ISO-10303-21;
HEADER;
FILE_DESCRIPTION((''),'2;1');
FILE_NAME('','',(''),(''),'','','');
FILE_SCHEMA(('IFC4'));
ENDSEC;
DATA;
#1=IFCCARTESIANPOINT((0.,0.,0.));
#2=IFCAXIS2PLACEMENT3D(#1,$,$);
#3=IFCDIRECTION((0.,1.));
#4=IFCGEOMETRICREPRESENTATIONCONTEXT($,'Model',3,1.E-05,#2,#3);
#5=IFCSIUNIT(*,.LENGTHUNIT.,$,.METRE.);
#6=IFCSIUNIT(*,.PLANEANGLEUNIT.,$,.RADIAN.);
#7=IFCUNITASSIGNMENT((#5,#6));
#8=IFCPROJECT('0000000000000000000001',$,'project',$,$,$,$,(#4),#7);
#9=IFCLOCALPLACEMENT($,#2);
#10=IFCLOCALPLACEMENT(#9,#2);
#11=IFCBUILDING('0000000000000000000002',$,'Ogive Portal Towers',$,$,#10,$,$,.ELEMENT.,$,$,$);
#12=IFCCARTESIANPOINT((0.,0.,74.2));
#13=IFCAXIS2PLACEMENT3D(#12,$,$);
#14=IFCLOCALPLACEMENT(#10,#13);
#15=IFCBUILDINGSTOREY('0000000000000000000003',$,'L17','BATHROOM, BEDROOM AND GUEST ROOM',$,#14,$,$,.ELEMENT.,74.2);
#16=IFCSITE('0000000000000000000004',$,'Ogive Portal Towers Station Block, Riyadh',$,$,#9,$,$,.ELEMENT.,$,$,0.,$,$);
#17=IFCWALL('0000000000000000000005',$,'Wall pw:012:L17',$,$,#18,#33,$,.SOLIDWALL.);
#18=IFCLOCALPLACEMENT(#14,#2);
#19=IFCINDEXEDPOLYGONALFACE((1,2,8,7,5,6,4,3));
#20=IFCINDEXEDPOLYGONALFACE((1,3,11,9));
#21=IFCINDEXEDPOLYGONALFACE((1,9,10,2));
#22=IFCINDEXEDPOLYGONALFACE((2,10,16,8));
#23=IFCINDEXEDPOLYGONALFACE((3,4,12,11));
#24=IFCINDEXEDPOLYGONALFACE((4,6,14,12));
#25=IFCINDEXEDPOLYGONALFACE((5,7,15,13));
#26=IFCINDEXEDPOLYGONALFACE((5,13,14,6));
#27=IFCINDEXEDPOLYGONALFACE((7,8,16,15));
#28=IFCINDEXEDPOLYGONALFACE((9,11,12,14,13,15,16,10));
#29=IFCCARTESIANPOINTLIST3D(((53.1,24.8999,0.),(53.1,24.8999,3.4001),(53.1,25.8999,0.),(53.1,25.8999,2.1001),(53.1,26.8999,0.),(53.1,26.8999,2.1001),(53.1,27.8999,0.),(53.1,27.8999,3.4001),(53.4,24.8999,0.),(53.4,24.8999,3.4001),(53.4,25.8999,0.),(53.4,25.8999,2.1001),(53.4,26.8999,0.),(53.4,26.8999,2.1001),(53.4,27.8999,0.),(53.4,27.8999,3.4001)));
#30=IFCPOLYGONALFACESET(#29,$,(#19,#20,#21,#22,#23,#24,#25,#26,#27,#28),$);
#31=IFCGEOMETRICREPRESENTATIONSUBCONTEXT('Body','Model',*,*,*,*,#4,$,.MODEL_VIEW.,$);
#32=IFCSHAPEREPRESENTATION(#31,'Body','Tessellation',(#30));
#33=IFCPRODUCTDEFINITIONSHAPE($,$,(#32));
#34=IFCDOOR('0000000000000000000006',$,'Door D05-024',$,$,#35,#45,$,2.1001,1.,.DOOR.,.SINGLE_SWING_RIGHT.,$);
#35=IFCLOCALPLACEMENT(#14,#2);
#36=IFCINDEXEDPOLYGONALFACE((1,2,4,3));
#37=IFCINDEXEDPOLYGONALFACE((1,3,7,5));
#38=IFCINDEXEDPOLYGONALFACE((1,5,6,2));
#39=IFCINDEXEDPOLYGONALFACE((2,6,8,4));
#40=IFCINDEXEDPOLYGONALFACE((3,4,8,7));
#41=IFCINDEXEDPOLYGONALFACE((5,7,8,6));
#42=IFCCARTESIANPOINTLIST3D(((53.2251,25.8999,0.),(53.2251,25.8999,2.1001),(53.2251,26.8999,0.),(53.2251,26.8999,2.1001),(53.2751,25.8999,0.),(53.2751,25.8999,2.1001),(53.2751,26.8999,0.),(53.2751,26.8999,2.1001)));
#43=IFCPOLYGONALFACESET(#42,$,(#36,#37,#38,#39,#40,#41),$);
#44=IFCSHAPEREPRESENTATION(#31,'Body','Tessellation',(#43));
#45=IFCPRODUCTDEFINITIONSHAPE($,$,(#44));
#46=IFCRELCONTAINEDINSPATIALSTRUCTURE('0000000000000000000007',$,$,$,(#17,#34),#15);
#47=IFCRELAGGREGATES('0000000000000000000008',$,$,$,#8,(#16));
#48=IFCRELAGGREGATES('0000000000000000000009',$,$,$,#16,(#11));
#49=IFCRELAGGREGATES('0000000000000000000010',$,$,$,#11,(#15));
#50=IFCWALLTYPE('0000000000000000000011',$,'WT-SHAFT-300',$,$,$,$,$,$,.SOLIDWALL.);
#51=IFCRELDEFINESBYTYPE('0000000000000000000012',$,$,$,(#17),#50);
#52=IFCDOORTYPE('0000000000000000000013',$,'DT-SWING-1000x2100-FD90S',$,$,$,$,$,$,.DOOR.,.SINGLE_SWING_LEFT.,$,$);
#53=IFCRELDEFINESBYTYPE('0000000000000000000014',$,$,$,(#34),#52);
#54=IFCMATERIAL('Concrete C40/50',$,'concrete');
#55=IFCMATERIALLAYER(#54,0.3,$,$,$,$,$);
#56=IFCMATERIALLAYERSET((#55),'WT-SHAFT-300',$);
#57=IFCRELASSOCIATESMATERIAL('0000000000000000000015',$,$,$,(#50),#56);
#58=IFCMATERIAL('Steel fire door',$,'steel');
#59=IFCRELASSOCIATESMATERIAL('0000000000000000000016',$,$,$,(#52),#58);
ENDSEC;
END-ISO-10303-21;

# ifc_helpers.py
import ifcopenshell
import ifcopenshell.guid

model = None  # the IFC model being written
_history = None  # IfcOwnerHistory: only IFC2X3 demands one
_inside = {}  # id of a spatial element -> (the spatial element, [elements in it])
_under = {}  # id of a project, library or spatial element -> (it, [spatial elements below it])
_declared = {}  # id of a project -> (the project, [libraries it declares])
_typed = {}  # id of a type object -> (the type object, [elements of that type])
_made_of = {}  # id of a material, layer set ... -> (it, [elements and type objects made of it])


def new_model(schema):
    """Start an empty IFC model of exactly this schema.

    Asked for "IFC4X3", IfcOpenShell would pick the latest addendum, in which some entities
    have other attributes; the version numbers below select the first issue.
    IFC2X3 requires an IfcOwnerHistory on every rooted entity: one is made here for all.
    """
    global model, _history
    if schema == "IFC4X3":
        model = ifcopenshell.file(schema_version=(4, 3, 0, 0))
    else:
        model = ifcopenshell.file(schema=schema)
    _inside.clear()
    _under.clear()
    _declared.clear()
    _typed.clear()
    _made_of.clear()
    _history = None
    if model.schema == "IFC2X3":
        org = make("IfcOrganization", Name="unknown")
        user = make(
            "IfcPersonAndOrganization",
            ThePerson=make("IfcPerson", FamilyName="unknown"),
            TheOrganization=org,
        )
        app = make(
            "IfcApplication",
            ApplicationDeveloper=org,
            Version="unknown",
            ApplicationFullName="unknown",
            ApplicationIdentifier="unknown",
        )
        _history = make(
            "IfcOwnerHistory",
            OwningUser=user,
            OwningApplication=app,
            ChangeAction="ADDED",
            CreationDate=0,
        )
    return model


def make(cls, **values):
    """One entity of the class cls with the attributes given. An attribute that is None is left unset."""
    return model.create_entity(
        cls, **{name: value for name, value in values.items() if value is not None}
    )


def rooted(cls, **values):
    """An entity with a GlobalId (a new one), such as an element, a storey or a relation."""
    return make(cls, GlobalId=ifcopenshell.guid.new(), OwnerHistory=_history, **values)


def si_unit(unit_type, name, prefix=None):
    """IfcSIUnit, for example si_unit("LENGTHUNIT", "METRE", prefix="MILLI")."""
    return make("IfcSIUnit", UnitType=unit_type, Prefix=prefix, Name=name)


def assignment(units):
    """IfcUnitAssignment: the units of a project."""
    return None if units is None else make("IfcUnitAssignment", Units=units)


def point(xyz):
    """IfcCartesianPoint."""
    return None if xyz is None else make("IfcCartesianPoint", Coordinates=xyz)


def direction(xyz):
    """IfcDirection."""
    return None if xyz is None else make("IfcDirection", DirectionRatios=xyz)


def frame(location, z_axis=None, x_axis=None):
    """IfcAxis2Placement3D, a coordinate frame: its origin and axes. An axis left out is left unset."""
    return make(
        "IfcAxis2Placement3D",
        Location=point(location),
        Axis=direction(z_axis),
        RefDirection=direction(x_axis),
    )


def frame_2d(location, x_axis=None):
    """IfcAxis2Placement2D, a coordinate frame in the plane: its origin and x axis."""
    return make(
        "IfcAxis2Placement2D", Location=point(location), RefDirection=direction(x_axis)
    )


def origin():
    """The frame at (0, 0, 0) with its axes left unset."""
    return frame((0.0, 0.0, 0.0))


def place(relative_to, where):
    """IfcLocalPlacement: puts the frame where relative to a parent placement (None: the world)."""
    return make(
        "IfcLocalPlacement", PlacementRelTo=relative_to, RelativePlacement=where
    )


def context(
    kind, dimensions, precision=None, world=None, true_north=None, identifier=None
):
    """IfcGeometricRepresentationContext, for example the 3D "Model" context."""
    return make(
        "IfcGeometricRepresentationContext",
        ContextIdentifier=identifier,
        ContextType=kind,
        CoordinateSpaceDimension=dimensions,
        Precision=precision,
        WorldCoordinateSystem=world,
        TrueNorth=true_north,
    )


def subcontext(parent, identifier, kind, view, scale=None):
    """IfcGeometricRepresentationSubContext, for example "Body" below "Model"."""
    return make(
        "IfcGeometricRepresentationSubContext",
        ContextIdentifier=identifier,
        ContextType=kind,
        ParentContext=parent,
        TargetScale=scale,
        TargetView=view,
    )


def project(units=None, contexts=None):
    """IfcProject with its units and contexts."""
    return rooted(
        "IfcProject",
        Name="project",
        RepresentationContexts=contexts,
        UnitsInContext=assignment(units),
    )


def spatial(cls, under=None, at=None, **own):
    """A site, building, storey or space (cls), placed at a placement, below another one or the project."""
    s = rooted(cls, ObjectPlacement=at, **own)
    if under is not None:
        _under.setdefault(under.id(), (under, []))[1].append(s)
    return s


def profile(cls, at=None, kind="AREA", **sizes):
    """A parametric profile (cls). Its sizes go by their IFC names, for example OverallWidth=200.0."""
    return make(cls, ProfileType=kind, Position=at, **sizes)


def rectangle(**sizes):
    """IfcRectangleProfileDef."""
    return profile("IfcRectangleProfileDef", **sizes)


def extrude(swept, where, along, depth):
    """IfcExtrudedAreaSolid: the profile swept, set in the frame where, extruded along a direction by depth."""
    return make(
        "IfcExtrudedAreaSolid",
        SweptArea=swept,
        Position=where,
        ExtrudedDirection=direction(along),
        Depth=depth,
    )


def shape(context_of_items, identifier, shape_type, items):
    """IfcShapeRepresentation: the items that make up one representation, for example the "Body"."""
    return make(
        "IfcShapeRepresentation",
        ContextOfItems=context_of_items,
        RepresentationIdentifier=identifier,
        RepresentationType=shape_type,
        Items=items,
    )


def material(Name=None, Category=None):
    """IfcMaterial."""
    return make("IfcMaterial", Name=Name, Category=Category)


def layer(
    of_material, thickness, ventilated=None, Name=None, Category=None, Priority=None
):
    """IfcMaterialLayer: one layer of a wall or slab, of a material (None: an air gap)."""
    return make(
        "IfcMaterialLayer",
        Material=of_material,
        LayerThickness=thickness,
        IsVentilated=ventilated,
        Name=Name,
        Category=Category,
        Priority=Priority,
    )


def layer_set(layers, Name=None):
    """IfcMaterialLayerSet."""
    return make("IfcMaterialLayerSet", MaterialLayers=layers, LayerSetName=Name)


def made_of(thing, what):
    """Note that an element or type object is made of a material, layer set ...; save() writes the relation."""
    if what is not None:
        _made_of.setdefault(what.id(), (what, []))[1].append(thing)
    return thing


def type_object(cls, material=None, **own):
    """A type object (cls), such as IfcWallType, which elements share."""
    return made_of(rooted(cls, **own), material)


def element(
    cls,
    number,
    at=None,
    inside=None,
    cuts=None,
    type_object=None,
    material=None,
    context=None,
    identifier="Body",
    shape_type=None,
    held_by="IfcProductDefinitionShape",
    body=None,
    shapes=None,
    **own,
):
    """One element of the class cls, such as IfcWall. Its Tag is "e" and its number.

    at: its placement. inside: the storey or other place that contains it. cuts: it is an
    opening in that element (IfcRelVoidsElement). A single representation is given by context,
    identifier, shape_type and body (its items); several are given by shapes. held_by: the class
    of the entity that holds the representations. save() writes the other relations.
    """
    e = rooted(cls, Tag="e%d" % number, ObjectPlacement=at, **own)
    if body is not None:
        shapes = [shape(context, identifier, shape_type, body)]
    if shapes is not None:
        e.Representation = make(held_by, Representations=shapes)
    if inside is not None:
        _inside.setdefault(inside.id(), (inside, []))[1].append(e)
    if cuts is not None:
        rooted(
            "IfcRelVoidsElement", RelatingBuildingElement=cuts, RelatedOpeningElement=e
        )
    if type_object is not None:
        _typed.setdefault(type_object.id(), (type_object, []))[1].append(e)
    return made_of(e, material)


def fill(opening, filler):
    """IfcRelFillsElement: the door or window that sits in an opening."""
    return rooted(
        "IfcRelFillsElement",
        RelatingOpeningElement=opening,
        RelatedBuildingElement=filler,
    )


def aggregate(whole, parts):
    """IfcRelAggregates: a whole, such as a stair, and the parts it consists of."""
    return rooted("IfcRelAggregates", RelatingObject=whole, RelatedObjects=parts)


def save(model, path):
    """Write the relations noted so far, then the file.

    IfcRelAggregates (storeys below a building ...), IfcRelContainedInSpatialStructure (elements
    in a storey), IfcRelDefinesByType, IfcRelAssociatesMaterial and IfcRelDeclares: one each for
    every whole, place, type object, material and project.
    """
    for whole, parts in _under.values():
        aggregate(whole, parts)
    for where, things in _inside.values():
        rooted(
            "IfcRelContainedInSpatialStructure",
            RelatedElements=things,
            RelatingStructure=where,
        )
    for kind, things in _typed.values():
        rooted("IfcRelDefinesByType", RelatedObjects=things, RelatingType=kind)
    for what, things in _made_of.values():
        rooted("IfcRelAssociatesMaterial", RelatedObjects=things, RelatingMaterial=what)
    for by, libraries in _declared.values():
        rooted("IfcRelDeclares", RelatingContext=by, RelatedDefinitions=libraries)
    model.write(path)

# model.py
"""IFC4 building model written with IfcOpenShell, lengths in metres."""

from ifc_helpers import new_model, si_unit, direction, frame, frame_2d, origin, place, context, subcontext, project, spatial, rectangle, extrude, material, layer, layer_set, type_object, element, fill, save


model = new_model("IFC4")

# Units and contexts
model_context = context("Model", 3, precision=1e-05, world=origin(), true_north=direction((0.0, 1.0)))
body_context = subcontext(model_context, "Body", "Model", "MODEL_VIEW")
ifc_project = project(units=[si_unit("LENGTHUNIT", "METRE"), si_unit("PLANEANGLEUNIT", "RADIAN")], contexts=[model_context])

# Site, building, storey
site_placement = place(None, origin())
site = spatial("IfcSite", under=ifc_project, at=site_placement, Name="Ogive Portal Towers Station Block, Riyadh", CompositionType="ELEMENT", RefElevation=0.0)
building_placement = place(site_placement, origin())
building = spatial("IfcBuilding", under=site, at=building_placement, Name="Ogive Portal Towers", CompositionType="ELEMENT")
storey_placement = place(building_placement, frame((0.0, 0.0, 74.2)))
storey = spatial("IfcBuildingStorey", under=building, at=storey_placement, Name="L17", Description="BATHROOM, BEDROOM AND GUEST ROOM", CompositionType="ELEMENT", Elevation=74.2)

# Shared definitions
ifc_material_1 = material(Name="Steel fire door", Category="steel")

# Shared definitions
ifc_material_2 = material(Name="Concrete C40/50", Category="concrete")
ifc_layer_1 = layer(ifc_material_2, 0.3)
ifc_layer_set_1 = layer_set([ifc_layer_1], Name="WT-SHAFT-300")
wall_type_1 = type_object("IfcWallType", Name="WT-SHAFT-300", PredefinedType="SOLIDWALL", material=ifc_layer_set_1)

# Wall, opening, door
wall_1_placement = place(storey_placement, frame((53.25, 24.8999, 0.0), z_axis=(0.0, 0.0, 1.0), x_axis=(0.0, 1.0, 0.0)))
wall_1 = element("IfcWall", 1, at=wall_1_placement, inside=storey, type_object=wall_type_1, Name="Wall pw:012:L17", PredefinedType="SOLIDWALL", context=body_context, shape_type="SweptSolid", body=[
    extrude(rectangle(XDim=3.0, YDim=0.3, at=frame_2d((1.5, 0.0))), origin(), (0.0, 0.0, 1.0), 3.4001),
])
opening_1_placement = place(wall_1_placement, frame((1.0, 0.0, 0.0)))
opening_1 = element("IfcOpeningElement", 2, at=opening_1_placement, cuts=wall_1, PredefinedType="OPENING", context=body_context, shape_type="SweptSolid", body=[
    extrude(rectangle(XDim=1.0, YDim=2.1001, at=frame_2d((0.5, 1.05))), frame((0.0, 0.1602, 0.0), z_axis=(0.0, -1.0, 0.0), x_axis=(1.0, 0.0, 0.0)), (0.0, 0.0, 1.0), 0.3201),
])
door_type_1 = type_object("IfcDoorType", Name="DT-SWING-1000x2100-FD90S", OperationType="SINGLE_SWING_LEFT", PredefinedType="DOOR", material=ifc_material_1)
door_1_placement = place(opening_1_placement, origin())
door_1 = element("IfcDoor", 3, at=door_1_placement, inside=storey, type_object=door_type_1, Name="Door D05-024", OperationType="SINGLE_SWING_RIGHT", OverallHeight=2.1001, OverallWidth=1.0, PredefinedType="DOOR", context=body_context, shape_type="SweptSolid", body=[
    extrude(rectangle(XDim=1.0, YDim=2.1001, at=frame_2d((0.5, 1.05))), frame((0.0, 0.0249, 0.0), z_axis=(0.0, -1.0, 0.0), x_axis=(1.0, 0.0, 0.0)), (0.0, 0.0, 1.0), 0.05),
])
fill(opening_1, door_1)

save(model, "model.ifc")
